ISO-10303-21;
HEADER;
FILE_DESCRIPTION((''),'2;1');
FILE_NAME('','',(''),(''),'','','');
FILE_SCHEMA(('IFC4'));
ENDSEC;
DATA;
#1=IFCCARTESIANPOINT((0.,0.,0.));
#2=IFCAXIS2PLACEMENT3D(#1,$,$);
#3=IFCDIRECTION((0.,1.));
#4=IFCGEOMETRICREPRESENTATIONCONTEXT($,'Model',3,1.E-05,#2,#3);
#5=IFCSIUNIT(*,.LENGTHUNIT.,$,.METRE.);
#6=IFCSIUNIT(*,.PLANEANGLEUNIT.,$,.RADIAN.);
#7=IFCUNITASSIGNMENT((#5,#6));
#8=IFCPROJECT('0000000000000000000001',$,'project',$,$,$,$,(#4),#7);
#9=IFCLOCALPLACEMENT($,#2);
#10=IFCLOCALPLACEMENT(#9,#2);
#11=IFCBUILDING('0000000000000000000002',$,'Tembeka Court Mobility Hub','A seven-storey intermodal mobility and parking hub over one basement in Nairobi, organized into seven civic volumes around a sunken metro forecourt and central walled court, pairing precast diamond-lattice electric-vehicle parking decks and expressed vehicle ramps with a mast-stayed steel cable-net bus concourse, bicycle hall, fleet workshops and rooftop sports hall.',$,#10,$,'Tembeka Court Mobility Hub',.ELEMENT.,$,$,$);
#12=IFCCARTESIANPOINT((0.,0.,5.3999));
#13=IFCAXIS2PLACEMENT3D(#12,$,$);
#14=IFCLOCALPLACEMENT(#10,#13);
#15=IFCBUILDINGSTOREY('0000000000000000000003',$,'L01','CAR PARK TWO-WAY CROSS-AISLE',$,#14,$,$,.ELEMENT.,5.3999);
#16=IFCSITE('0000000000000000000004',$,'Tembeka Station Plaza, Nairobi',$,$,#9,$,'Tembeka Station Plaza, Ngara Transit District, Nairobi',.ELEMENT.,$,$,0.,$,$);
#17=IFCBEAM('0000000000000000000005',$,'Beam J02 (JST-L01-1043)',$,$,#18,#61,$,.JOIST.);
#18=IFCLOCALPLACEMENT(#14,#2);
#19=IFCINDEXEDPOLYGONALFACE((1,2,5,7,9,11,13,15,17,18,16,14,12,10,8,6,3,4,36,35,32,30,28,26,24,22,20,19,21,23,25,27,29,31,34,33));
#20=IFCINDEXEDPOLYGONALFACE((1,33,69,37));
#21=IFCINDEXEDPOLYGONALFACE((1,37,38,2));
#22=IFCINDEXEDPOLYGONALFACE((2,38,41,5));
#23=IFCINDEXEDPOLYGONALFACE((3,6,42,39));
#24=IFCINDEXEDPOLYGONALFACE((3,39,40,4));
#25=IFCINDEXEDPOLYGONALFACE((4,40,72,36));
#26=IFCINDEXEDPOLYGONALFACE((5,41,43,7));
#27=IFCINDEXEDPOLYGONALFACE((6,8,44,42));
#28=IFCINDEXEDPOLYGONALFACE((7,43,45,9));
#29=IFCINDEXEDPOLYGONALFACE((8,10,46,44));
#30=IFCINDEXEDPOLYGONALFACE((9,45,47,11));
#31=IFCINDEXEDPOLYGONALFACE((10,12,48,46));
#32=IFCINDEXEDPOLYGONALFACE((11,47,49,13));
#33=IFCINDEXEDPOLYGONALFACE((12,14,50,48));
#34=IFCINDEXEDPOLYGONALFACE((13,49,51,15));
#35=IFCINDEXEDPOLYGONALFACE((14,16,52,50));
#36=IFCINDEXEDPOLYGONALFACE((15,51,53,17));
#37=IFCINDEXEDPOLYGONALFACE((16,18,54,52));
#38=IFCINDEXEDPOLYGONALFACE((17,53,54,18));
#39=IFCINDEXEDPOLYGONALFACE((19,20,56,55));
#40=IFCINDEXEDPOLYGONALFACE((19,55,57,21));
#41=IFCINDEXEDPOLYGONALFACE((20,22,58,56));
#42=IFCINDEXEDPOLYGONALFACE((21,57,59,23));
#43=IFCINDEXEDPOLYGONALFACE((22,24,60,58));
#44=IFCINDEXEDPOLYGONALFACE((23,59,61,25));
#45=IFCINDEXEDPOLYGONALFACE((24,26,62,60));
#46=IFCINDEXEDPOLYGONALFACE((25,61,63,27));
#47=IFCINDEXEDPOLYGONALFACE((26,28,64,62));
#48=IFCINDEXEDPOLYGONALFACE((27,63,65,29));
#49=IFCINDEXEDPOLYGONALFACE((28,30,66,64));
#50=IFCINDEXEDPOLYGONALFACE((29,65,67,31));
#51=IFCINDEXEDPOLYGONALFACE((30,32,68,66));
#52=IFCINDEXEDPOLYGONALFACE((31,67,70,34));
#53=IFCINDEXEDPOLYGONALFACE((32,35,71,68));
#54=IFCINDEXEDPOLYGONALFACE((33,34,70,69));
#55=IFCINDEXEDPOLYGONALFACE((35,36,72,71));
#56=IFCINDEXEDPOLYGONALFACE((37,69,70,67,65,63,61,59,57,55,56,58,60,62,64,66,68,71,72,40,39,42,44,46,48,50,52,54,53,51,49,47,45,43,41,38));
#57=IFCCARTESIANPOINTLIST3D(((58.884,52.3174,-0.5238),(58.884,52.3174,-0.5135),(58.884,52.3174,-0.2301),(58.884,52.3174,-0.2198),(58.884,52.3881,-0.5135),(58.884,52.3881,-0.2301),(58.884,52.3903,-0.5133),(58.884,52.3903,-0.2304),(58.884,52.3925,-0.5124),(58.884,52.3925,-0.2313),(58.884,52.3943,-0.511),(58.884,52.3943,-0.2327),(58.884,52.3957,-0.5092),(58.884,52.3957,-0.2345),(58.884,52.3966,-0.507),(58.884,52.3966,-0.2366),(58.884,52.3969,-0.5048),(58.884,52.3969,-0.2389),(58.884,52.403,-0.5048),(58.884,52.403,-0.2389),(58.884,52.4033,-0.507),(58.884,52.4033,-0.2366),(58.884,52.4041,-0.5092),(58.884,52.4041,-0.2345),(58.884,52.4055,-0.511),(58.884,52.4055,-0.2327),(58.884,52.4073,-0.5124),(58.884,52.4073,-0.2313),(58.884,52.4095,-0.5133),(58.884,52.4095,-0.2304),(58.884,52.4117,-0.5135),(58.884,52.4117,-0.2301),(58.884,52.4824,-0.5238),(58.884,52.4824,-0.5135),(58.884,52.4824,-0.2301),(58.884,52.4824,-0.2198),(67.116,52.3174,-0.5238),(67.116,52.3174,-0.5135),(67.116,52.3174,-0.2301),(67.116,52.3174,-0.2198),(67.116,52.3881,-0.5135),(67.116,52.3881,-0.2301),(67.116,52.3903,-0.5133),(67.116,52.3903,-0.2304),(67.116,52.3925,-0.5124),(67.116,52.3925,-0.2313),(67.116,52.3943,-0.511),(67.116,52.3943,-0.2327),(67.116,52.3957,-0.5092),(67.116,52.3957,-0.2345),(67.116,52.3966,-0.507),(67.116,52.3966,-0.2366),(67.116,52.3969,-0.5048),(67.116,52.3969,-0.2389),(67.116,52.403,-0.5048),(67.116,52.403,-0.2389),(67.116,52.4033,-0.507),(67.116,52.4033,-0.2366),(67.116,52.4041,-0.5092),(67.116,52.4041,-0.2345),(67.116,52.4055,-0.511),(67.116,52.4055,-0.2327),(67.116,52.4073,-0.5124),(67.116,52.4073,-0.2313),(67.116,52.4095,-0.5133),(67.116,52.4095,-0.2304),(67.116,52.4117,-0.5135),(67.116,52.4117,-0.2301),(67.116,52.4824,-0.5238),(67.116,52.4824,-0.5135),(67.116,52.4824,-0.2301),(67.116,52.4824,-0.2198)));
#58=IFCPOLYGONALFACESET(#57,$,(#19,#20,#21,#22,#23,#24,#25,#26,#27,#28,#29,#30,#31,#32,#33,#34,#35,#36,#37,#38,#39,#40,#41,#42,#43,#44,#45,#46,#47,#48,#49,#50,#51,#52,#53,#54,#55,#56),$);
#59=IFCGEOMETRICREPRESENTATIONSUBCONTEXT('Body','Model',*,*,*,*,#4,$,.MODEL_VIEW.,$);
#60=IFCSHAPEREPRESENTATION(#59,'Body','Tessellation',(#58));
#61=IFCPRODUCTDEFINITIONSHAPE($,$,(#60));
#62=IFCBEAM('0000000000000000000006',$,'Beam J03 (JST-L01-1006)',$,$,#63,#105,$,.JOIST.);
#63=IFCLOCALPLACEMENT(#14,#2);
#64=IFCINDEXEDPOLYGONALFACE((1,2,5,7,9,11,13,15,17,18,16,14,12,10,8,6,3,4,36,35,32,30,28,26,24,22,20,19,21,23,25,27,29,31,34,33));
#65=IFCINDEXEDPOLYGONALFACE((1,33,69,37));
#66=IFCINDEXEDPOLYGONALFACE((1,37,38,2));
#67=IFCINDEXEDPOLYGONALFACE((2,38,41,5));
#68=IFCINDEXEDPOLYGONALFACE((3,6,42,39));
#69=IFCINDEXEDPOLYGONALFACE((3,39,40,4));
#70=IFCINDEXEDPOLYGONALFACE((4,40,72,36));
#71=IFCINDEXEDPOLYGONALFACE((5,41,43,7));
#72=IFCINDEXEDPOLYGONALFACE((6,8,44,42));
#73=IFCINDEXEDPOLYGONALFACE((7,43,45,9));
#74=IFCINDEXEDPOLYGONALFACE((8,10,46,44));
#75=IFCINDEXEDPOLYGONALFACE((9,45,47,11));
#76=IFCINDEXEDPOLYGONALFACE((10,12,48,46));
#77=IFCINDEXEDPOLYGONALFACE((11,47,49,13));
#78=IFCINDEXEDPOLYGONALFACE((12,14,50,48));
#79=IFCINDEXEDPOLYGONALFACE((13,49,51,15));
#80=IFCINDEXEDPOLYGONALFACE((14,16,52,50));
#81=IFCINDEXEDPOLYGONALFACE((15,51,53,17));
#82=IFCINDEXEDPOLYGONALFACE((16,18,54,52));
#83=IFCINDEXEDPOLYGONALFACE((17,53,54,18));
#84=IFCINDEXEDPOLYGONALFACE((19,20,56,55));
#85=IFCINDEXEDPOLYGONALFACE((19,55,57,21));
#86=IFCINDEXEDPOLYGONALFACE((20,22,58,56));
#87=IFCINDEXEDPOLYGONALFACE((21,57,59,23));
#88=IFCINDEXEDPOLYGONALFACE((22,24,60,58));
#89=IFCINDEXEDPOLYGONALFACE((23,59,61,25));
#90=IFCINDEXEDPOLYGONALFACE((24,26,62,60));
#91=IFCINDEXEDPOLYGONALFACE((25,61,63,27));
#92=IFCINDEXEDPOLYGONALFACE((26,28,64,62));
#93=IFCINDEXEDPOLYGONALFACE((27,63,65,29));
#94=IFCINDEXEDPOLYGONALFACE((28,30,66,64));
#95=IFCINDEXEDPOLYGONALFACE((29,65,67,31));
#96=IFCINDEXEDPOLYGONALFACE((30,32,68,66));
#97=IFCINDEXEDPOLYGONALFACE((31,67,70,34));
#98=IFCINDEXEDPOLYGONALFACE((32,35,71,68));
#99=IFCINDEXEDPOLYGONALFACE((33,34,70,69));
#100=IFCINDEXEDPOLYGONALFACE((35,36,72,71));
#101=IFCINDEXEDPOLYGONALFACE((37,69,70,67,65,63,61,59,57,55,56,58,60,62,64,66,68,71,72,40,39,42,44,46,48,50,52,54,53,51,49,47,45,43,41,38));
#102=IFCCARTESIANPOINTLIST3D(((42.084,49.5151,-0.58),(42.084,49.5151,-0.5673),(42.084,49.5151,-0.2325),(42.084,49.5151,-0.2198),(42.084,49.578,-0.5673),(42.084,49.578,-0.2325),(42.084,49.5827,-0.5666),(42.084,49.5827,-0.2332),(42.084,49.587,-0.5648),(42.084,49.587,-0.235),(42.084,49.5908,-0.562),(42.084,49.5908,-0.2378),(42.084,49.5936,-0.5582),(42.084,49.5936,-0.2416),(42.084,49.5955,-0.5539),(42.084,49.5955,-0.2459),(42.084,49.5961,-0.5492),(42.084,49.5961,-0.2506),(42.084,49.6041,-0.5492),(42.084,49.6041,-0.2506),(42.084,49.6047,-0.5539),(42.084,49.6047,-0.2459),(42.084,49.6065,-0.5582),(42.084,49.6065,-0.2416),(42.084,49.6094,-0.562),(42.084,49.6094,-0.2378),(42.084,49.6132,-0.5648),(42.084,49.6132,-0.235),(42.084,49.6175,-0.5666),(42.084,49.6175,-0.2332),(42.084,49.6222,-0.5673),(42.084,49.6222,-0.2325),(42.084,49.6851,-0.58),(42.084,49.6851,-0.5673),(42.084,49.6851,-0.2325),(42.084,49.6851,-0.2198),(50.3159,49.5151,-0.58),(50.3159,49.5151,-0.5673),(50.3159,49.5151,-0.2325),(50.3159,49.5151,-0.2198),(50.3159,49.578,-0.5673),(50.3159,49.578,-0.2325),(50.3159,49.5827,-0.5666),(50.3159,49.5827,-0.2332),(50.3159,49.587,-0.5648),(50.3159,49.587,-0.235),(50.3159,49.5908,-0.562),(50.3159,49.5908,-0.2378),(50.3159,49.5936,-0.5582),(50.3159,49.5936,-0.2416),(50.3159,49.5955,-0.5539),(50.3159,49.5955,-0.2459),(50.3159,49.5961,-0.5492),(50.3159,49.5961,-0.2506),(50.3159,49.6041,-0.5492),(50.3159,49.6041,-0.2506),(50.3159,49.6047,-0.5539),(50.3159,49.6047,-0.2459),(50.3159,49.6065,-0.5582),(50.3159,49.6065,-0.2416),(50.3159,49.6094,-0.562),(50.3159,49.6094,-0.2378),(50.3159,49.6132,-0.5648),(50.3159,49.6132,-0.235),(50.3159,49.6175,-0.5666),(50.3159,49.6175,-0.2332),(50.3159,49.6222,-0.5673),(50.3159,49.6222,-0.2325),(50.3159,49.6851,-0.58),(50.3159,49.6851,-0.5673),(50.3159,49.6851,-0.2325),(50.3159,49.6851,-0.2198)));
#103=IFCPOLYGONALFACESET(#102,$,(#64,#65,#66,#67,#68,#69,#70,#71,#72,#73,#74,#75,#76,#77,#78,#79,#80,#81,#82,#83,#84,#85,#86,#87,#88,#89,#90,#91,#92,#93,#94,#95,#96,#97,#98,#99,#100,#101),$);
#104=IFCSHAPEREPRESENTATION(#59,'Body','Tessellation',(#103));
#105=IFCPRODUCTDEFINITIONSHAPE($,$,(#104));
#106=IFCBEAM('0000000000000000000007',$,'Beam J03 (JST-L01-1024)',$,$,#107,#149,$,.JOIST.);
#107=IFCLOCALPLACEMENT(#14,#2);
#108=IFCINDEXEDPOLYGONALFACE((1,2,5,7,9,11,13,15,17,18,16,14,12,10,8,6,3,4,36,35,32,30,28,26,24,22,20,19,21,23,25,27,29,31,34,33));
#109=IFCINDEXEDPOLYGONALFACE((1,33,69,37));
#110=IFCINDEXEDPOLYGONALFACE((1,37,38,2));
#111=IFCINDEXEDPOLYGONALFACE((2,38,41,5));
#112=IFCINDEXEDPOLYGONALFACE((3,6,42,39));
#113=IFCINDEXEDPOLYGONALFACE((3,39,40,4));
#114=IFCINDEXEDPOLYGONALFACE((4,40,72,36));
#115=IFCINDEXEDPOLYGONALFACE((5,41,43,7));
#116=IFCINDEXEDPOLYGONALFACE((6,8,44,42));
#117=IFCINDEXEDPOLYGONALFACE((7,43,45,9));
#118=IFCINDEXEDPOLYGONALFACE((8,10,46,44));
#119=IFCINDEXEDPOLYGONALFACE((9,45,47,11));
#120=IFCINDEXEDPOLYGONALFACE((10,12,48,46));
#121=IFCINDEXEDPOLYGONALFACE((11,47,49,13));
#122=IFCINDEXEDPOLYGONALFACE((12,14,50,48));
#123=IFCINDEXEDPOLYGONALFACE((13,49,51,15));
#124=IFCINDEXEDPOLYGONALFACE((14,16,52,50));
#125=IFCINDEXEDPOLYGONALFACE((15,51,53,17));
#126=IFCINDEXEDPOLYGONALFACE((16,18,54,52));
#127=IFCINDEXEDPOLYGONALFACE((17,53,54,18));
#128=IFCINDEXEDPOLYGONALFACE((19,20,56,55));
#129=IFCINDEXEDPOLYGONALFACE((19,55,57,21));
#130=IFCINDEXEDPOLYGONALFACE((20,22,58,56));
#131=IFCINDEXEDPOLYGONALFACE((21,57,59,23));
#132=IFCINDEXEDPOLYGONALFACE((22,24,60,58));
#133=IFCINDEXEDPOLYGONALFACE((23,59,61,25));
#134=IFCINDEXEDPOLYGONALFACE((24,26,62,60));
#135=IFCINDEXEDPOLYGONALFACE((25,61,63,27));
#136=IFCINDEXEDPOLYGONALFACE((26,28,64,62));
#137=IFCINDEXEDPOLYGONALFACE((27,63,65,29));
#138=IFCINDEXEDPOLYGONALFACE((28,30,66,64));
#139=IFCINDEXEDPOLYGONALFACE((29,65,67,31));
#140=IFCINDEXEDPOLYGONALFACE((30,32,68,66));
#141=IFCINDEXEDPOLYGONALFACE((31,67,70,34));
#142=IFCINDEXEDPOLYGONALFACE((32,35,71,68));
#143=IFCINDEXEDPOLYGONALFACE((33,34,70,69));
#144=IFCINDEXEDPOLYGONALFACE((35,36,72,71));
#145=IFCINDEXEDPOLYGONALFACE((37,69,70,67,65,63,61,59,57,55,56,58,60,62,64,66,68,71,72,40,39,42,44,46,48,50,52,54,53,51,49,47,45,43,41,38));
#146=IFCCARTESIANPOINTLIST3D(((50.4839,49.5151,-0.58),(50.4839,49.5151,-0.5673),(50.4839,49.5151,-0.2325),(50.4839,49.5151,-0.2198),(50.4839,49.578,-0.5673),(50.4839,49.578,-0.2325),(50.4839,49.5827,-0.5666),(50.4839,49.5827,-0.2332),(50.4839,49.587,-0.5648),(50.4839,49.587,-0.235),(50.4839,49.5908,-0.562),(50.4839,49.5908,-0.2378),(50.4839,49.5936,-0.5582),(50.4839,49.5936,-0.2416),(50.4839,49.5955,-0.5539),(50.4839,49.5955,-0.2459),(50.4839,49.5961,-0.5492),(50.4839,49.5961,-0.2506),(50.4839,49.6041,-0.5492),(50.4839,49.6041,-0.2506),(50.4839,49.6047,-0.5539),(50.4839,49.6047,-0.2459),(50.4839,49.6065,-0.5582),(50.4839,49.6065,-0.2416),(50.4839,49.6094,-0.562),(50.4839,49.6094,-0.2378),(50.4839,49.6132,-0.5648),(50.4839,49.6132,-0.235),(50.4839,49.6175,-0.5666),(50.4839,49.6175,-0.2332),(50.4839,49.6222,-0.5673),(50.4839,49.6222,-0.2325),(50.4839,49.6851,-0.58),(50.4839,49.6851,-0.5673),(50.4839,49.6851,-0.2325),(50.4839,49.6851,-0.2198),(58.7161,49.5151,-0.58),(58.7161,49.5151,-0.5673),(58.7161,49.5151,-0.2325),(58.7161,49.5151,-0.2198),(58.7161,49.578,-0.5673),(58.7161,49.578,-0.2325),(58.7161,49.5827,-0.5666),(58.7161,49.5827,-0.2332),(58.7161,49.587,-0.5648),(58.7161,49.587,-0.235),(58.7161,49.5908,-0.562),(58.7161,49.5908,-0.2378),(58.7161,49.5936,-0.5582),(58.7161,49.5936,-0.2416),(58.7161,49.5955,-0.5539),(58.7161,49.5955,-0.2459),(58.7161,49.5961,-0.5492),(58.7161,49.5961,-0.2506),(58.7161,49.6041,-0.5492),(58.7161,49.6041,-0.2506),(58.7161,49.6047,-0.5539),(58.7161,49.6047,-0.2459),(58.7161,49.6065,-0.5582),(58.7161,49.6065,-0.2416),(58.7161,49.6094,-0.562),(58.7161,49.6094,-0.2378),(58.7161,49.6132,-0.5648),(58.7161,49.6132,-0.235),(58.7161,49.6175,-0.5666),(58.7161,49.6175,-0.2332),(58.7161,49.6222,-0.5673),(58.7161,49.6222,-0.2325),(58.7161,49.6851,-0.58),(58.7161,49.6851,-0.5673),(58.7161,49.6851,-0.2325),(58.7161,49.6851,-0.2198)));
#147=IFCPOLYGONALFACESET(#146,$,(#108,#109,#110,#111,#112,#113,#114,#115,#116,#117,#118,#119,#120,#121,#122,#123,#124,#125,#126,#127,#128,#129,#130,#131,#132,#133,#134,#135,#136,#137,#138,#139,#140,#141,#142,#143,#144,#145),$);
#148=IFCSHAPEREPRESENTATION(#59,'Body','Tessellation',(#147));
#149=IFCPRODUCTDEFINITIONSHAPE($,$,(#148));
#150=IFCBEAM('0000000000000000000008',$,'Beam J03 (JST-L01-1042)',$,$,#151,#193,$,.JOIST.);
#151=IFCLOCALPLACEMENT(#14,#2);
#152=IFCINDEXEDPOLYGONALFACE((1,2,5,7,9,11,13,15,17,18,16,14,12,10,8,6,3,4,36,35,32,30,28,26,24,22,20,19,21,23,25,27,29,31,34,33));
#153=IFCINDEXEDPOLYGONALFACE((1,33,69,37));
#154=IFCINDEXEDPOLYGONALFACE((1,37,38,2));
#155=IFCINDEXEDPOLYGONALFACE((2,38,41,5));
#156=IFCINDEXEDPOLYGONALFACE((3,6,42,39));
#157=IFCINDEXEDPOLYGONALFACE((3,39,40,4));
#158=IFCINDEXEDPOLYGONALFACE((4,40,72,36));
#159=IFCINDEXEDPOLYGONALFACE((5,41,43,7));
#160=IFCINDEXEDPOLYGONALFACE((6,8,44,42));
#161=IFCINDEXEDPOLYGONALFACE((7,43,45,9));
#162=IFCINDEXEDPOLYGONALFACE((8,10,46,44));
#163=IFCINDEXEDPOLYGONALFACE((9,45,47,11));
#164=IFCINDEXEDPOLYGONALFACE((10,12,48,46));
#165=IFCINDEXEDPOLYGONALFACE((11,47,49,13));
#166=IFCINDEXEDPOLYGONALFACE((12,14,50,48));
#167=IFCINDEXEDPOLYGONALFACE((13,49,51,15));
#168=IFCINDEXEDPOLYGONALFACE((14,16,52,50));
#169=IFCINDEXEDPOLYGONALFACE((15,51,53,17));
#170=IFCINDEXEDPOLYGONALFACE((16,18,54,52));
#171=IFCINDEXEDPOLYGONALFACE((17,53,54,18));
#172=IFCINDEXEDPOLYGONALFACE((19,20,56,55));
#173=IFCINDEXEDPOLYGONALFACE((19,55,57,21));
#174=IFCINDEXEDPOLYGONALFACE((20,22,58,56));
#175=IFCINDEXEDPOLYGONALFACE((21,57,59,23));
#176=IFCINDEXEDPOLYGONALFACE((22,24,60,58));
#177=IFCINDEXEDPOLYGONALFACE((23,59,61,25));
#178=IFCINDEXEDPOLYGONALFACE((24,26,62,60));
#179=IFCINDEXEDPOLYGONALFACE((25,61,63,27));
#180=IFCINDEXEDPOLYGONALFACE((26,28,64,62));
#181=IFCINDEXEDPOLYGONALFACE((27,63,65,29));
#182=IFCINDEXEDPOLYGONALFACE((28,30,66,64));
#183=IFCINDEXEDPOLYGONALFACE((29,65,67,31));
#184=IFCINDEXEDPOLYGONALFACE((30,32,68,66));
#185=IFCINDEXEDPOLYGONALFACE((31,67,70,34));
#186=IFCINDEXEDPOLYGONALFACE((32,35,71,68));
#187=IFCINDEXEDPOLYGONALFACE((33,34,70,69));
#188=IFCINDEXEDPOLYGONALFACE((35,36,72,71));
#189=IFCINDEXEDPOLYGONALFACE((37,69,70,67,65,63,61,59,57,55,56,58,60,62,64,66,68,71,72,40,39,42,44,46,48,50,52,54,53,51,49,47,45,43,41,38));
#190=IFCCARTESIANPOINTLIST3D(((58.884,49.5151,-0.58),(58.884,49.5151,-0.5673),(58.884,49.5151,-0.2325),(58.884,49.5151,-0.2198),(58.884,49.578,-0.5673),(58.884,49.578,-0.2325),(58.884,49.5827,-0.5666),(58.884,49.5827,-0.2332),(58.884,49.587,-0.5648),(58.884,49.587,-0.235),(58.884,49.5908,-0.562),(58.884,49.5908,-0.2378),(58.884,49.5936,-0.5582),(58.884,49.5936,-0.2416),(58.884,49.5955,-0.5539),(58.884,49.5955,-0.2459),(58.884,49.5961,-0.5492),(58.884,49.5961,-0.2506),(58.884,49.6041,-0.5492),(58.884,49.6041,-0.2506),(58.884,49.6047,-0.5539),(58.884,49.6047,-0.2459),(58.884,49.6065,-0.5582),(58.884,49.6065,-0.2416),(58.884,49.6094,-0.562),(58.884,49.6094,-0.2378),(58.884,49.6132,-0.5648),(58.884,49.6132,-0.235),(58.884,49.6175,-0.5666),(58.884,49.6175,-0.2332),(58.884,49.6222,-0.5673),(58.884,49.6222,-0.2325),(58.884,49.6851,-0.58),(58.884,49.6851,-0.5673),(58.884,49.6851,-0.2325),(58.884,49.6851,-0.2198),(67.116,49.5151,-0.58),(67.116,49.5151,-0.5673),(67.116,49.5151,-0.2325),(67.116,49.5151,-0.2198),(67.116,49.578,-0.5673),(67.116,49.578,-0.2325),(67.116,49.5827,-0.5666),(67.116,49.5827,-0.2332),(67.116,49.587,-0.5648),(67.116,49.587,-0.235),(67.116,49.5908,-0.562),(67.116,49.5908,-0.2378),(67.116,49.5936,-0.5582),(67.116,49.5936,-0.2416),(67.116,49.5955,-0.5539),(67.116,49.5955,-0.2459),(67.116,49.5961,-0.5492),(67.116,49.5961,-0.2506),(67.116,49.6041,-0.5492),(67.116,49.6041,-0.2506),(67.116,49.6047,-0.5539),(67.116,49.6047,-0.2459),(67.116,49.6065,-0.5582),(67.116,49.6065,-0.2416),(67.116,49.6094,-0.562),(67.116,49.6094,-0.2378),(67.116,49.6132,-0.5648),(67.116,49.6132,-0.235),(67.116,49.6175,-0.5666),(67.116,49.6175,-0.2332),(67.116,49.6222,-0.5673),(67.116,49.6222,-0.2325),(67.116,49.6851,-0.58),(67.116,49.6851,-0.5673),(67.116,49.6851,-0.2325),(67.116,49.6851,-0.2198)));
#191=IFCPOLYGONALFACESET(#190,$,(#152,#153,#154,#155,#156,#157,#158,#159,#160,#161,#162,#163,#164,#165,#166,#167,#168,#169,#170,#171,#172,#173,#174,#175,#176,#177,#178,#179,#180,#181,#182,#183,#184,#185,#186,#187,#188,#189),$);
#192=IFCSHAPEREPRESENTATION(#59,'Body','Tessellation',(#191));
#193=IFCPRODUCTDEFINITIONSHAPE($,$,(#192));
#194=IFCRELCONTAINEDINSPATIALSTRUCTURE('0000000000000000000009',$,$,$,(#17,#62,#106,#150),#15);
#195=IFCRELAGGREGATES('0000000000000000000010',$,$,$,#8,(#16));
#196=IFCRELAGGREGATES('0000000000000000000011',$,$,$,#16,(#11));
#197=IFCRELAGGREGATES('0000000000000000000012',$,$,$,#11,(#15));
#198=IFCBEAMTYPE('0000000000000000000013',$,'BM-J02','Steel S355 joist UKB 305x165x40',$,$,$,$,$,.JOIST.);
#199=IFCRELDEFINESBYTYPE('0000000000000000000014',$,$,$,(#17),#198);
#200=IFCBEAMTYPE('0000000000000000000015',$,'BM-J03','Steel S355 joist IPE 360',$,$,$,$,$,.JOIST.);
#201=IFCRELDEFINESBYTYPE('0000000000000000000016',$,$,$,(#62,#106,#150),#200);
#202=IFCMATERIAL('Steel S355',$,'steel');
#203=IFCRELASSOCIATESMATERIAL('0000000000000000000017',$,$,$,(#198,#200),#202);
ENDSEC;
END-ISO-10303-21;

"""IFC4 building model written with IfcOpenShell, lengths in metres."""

from ifc_helpers import new_model, si_unit, direction, frame, origin, origin_2d, place, context, subcontext, project, spatial, i_section, extrude, material, material_profile, profile_set, type_object, element, save


model = new_model("IFC4")

# Units and contexts
model_context = context("Model", 3, precision=1e-05, world=origin(), true_north=direction((0.0, 1.0)))
body_context = subcontext(model_context, "Body", "Model", "MODEL_VIEW")
ifc_project = project(units=[si_unit("LENGTHUNIT", "METRE"), si_unit("PLANEANGLEUNIT", "RADIAN")], contexts=[model_context])

# Site, building, storey
site_placement = place(None, origin())
site = spatial("IfcSite", under=ifc_project, at=site_placement, Name="Tembeka Station Plaza, Nairobi", LongName="Tembeka Station Plaza, Ngara Transit District, Nairobi", CompositionType="ELEMENT", RefElevation=0.0)
building_placement = place(site_placement, origin())
building = spatial("IfcBuilding", under=site, at=building_placement, Name="Tembeka Court Mobility Hub", Description="A seven-storey intermodal mobility and parking hub over one basement in Nairobi, organized into seven civic volumes around a sunken metro forecourt and central walled court, pairing precast diamond-lattice electric-vehicle parking decks and expressed vehicle ramps with a mast-stayed steel cable-net bus concourse, bicycle hall, fleet workshops and rooftop sports hall.", LongName="Tembeka Court Mobility Hub", CompositionType="ELEMENT")
storey_placement = place(building_placement, frame((0.0, 0.0, 5.3999)))
storey = spatial("IfcBuildingStorey", under=building, at=storey_placement, Name="L01", Description="CAR PARK TWO-WAY CROSS-AISLE", CompositionType="ELEMENT", Elevation=5.3999)

# Shared definitions
ifc_material_1 = material(Name="Steel S355", Category="steel")

# Beams
ifc_material_profile_1 = material_profile(ifc_material_1, i_section(OverallWidth=0.165, OverallDepth=0.304, WebThickness=0.0061, FlangeThickness=0.0103, FilletRadius=0.0088, at=origin_2d()), Name="UKB 305x165x40")
ifc_profile_set_1 = profile_set([ifc_material_profile_1], Name="Steel S355")
beam_type_1 = type_object("IfcBeamType", Name="BM-J02", Description="Steel S355 joist UKB 305x165x40", PredefinedType="JOIST", material=ifc_profile_set_1)
for number, where, z_axis, x_axis, name in (
    (1, (58.884, 52.3999, -0.3718), (1.0, 0.0, 0.0), (0.0, 1.0, 0.0), "Beam J02 (JST-L01-1043)"),
):
    element("IfcBeam", number, at=place(storey_placement, frame(where, z_axis=z_axis, x_axis=x_axis)), inside=storey, type_object=beam_type_1, Name=name, PredefinedType="JOIST", context=body_context, shape_type="SweptSolid", body=[
        extrude(i_section(OverallWidth=0.165, OverallDepth=0.304, WebThickness=0.0061, FlangeThickness=0.0103, FilletRadius=0.0088, at=origin_2d()), origin(), (0.0, 0.0, 1.0), 8.2319),
    ])
ifc_material_profile_2 = material_profile(ifc_material_1, i_section(OverallWidth=0.1699, OverallDepth=0.3601, WebThickness=0.0081, FlangeThickness=0.0127, FilletRadius=0.0181, at=origin_2d()), Name="IPE 360")
ifc_profile_set_2 = profile_set([ifc_material_profile_2], Name="Steel S355")
beam_type_2 = type_object("IfcBeamType", Name="BM-J03", Description="Steel S355 joist IPE 360", PredefinedType="JOIST", material=ifc_profile_set_2)
beam_1_placement = place(storey_placement, frame((42.084, 49.6001, -0.3999), z_axis=(1.0, 0.0, 0.0), x_axis=(0.0, 1.0, 0.0)))
element("IfcBeam", 2, at=beam_1_placement, inside=storey, type_object=beam_type_2, Name="Beam J03 (JST-L01-1006)", PredefinedType="JOIST", context=body_context, shape_type="SweptSolid", body=[
    extrude(i_section(OverallWidth=0.1699, OverallDepth=0.3601, WebThickness=0.0081, FlangeThickness=0.0127, FilletRadius=0.0181, at=origin_2d()), origin(), (0.0, 0.0, 1.0), 8.2319),
])
beam_2_placement = place(storey_placement, frame((50.4839, 49.6001, -0.3999), z_axis=(1.0, 0.0, 0.0), x_axis=(0.0, 1.0, 0.0)))
element("IfcBeam", 3, at=beam_2_placement, inside=storey, type_object=beam_type_2, Name="Beam J03 (JST-L01-1024)", PredefinedType="JOIST", context=body_context, shape_type="SweptSolid", body=[
    extrude(i_section(OverallWidth=0.1699, OverallDepth=0.3601, WebThickness=0.0081, FlangeThickness=0.0127, FilletRadius=0.0181, at=origin_2d()), origin(), (0.0, 0.0, 1.0), 8.2322),
])
beam_3_placement = place(storey_placement, frame((58.884, 49.6001, -0.3999), z_axis=(1.0, 0.0, 0.0), x_axis=(0.0, 1.0, 0.0)))
element("IfcBeam", 4, at=beam_3_placement, inside=storey, type_object=beam_type_2, Name="Beam J03 (JST-L01-1042)", PredefinedType="JOIST", context=body_context, shape_type="SweptSolid", body=[
    extrude(i_section(OverallWidth=0.1699, OverallDepth=0.3601, WebThickness=0.0081, FlangeThickness=0.0127, FilletRadius=0.0181, at=origin_2d()), origin(), (0.0, 0.0, 1.0), 8.2319),
])

save(model, "model.ifc")
